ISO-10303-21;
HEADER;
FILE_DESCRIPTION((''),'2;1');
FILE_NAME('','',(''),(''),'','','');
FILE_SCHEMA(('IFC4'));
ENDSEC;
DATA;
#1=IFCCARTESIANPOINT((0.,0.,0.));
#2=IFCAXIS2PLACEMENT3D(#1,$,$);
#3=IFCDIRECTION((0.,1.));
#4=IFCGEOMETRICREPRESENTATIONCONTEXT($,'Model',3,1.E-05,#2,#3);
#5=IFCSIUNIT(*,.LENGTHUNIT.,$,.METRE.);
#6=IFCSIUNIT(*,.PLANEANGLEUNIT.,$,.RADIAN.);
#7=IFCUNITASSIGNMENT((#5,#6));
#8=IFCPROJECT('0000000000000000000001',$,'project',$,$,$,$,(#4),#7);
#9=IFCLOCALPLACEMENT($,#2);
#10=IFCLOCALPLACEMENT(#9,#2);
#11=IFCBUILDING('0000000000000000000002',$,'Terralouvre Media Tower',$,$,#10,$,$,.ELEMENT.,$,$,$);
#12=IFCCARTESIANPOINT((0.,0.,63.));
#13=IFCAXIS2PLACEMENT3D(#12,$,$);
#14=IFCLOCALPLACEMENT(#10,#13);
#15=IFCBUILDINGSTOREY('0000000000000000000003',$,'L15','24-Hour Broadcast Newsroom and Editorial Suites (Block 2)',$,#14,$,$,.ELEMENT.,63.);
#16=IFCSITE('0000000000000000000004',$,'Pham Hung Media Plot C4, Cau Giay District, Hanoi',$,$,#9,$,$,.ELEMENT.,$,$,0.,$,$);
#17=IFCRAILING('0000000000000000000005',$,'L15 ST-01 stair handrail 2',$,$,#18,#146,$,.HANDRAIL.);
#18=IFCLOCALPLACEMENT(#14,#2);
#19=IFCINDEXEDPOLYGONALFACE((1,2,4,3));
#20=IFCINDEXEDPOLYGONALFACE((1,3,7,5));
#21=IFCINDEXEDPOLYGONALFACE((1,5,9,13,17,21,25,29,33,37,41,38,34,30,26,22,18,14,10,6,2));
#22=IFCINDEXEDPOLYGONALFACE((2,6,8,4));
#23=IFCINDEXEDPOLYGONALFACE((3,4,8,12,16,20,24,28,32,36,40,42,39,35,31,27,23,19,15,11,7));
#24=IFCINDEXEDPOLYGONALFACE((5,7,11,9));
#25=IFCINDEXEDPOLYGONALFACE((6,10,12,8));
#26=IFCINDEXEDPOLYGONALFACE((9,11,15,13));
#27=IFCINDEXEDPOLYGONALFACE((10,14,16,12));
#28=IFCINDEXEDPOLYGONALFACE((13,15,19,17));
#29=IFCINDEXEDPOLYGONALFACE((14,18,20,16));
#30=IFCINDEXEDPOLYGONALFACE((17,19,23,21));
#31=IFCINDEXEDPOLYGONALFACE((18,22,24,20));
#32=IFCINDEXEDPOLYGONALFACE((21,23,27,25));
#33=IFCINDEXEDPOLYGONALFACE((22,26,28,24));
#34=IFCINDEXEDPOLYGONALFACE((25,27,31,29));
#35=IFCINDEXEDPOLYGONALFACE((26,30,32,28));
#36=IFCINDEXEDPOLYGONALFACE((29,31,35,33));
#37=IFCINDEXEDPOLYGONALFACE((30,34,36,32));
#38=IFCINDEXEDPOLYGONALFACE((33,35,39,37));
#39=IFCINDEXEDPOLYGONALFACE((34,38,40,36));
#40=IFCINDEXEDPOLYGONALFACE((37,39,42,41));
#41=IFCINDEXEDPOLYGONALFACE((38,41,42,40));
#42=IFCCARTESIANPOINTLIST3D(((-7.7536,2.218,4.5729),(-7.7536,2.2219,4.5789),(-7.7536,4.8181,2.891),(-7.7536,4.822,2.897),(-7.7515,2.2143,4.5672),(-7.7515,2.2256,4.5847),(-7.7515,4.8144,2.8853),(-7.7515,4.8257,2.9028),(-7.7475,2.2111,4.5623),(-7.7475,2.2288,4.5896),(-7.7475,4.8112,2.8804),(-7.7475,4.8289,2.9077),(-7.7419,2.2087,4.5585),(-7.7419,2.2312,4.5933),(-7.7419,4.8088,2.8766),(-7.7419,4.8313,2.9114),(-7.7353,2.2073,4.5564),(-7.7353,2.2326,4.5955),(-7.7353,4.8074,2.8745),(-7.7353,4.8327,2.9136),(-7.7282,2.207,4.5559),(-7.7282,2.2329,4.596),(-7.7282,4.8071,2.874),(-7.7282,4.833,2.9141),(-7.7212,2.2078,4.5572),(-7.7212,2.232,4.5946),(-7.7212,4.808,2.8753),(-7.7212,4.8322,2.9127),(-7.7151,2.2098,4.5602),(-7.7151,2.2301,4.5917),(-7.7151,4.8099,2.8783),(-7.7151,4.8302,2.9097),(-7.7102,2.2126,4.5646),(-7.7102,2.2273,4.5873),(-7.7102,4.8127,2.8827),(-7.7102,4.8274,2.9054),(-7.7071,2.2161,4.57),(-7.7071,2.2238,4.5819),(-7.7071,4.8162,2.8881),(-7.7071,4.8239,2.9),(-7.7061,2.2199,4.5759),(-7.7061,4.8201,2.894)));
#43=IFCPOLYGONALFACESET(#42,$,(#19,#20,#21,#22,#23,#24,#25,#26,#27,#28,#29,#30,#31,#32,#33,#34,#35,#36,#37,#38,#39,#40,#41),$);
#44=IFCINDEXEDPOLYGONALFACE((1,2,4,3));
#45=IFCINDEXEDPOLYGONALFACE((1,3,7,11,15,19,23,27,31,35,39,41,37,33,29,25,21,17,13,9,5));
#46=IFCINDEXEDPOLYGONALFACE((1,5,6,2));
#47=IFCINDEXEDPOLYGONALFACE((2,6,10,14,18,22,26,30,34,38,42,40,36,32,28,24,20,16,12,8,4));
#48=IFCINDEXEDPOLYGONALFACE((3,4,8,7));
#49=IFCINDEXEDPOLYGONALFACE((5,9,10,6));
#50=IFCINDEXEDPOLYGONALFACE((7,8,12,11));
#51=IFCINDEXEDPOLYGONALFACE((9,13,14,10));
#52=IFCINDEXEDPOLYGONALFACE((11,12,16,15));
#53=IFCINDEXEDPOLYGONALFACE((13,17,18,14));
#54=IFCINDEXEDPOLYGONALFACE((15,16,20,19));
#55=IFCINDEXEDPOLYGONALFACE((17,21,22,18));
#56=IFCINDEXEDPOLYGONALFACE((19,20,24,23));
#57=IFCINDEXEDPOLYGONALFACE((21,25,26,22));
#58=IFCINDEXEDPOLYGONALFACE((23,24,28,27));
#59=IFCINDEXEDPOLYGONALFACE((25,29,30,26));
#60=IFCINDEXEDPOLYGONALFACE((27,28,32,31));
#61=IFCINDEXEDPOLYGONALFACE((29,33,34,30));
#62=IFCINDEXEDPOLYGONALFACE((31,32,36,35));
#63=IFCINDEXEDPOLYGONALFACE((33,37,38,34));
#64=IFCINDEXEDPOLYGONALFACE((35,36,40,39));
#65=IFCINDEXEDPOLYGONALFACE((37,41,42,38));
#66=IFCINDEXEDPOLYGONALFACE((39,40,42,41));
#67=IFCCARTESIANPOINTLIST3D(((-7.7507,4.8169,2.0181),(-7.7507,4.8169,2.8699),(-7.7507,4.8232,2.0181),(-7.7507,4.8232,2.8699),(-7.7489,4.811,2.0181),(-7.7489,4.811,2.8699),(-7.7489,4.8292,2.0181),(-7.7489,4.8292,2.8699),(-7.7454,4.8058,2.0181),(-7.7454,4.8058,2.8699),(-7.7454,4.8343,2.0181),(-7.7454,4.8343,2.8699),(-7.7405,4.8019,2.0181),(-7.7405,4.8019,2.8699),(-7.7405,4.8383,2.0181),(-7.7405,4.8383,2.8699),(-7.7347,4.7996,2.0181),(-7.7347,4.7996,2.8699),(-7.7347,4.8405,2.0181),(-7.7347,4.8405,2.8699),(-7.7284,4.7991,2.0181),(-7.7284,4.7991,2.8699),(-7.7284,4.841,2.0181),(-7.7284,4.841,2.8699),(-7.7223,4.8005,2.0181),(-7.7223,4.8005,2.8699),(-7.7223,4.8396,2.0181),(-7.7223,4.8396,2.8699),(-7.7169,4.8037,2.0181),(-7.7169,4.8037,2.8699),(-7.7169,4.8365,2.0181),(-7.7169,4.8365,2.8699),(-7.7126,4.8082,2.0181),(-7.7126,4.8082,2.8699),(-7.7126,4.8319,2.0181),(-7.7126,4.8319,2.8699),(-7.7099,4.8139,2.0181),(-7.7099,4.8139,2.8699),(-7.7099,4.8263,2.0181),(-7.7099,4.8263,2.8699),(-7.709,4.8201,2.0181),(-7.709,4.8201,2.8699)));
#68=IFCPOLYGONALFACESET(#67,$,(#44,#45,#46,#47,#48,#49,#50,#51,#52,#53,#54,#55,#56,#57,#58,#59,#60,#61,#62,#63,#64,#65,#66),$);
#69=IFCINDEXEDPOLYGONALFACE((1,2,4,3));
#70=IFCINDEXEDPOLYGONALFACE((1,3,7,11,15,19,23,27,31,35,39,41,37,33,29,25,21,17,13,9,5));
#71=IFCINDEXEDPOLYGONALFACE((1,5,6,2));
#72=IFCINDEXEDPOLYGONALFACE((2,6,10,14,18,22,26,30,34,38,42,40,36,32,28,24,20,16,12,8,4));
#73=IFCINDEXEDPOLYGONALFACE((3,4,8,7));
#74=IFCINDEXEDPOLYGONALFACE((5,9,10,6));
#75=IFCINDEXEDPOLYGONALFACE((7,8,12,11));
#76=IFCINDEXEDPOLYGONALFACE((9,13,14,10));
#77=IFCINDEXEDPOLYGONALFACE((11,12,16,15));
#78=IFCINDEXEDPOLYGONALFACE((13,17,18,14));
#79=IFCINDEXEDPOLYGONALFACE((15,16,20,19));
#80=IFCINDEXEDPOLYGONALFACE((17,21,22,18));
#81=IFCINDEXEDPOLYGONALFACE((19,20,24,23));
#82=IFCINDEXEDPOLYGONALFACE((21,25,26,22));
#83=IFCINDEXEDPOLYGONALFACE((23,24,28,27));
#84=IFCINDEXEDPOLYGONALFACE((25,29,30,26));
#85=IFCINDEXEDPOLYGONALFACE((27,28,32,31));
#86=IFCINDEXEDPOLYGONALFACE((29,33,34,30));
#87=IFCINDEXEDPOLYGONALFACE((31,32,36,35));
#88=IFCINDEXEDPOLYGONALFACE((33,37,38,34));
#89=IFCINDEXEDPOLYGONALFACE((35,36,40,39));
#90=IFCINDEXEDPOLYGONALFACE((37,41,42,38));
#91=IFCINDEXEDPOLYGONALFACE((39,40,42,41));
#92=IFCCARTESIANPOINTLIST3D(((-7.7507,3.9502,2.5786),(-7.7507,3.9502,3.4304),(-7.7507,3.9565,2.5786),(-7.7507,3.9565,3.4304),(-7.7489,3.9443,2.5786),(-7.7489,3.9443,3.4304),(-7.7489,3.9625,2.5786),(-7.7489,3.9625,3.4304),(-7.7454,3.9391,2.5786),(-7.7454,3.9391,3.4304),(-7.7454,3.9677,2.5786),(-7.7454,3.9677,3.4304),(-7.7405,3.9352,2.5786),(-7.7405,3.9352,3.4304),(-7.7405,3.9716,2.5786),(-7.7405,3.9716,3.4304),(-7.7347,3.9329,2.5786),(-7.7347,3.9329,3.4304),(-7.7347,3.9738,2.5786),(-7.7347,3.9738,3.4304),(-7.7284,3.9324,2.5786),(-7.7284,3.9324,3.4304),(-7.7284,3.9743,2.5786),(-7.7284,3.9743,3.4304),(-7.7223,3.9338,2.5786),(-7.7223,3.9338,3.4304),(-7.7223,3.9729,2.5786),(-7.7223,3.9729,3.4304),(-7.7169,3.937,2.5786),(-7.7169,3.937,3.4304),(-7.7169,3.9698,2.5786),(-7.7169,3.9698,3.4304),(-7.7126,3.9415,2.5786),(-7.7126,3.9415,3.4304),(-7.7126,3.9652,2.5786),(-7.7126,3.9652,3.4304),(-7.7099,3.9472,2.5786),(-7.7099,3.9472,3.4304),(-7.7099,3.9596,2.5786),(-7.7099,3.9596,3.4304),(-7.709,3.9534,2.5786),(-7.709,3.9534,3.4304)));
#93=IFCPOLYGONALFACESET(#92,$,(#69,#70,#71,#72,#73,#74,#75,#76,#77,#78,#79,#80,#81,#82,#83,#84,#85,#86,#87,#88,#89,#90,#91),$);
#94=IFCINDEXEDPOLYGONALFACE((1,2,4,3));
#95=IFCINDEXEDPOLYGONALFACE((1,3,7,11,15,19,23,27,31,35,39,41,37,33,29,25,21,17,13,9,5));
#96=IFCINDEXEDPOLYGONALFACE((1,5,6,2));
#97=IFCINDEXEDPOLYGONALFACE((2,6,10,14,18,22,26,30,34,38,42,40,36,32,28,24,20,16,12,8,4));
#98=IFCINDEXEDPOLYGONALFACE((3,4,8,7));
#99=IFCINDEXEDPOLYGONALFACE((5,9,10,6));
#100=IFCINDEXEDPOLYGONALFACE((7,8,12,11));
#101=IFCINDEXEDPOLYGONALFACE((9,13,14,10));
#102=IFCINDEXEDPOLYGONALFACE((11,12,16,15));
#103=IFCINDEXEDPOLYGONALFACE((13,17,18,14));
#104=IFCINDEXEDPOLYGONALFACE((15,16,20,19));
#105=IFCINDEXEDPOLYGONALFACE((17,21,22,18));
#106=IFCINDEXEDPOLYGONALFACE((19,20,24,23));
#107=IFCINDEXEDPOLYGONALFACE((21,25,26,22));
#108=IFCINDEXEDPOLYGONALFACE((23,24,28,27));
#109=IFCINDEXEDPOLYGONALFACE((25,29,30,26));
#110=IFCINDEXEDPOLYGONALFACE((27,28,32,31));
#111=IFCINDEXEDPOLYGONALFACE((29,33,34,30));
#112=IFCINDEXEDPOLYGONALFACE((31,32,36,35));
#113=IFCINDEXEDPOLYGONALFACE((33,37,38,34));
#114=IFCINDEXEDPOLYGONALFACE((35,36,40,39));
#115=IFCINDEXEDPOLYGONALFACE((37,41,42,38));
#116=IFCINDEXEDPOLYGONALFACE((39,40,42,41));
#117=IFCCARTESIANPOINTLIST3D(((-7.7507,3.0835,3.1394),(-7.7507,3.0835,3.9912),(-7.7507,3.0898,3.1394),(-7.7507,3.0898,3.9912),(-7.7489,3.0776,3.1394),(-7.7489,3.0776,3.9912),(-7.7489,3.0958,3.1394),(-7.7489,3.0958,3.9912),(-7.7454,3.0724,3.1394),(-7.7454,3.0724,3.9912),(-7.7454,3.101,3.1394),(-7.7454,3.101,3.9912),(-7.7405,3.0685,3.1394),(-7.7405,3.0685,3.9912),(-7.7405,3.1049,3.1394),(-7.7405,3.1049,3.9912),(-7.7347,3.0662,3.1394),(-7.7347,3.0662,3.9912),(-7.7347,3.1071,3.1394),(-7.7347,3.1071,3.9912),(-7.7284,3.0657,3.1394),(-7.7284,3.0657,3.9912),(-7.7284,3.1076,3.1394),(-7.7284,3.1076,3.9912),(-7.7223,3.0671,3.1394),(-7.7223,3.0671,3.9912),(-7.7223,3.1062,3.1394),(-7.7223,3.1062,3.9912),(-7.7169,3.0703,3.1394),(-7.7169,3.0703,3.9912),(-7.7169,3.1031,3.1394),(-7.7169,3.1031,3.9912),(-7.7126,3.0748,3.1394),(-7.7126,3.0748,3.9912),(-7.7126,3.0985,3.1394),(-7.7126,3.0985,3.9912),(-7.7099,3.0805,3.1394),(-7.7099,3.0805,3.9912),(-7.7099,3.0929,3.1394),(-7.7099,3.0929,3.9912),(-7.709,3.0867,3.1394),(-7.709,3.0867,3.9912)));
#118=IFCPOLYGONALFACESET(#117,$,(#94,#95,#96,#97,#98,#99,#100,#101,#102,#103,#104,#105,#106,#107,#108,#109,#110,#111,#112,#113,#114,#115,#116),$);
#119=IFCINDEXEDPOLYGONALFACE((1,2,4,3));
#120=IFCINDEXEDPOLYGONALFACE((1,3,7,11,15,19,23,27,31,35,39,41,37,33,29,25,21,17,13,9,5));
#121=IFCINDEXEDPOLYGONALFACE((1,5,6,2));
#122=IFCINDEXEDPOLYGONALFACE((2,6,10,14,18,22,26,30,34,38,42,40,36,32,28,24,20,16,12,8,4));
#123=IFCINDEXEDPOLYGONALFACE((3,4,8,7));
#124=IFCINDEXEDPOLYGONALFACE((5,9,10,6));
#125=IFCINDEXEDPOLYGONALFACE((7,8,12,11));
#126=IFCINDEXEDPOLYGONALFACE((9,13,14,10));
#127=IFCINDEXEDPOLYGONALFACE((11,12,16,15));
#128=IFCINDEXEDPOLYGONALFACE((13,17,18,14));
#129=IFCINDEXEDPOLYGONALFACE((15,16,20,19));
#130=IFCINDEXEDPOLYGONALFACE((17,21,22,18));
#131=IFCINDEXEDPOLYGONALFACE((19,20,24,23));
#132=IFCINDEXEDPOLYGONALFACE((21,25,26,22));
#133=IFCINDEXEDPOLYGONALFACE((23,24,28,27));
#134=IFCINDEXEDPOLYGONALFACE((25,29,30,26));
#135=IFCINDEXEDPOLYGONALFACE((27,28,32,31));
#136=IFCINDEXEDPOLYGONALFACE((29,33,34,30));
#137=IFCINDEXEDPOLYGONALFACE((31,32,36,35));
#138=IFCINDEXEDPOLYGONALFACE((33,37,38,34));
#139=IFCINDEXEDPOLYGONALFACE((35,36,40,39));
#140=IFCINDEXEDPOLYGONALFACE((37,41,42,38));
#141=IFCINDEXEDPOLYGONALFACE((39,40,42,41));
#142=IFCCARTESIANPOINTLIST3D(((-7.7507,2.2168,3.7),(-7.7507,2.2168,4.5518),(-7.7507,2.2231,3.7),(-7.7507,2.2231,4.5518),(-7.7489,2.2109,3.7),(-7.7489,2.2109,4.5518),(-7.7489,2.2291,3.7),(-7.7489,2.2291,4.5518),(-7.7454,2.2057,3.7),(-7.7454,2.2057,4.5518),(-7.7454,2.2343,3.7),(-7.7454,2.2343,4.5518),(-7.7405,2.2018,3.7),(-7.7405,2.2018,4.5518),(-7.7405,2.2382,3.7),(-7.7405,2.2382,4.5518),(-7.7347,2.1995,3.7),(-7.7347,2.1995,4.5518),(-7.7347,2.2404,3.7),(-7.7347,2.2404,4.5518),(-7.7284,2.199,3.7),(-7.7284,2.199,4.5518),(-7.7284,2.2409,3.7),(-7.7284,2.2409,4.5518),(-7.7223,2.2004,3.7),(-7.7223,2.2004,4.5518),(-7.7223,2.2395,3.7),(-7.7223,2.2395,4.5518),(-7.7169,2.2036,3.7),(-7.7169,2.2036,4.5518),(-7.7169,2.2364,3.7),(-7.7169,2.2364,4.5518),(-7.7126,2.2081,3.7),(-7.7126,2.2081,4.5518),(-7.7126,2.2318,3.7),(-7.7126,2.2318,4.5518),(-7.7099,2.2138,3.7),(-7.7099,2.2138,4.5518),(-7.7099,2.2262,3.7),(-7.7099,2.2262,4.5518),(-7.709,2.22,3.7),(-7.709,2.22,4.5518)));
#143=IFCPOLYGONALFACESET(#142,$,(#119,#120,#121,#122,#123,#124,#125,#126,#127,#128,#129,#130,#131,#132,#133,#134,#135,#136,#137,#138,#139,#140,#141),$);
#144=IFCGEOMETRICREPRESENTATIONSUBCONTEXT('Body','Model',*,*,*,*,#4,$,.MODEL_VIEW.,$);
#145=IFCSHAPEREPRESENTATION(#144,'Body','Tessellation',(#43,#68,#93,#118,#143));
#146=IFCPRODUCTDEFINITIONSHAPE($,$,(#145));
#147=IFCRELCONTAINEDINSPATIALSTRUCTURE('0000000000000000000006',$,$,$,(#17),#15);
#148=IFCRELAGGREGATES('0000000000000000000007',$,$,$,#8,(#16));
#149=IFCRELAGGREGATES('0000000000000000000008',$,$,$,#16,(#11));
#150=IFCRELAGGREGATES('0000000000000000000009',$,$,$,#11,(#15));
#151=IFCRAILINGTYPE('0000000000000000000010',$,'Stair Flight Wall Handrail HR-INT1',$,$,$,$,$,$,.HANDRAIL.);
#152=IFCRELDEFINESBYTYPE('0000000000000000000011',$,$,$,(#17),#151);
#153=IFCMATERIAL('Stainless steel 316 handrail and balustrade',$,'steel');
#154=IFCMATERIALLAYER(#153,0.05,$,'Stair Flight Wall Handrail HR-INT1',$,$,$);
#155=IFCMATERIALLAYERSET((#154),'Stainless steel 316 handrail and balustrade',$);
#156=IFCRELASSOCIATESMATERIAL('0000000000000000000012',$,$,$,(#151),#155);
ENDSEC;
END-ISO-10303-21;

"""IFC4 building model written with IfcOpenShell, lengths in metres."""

from ifc_helpers import new_model, si_unit, direction, frame, origin, origin_2d, place, context, subcontext, project, spatial, circle, extrude, material, layer, layer_set, type_object, element, save


model = new_model("IFC4")

# Units and contexts
model_context = context("Model", 3, precision=1e-05, world=origin(), true_north=direction((0.0, 1.0)))
body_context = subcontext(model_context, "Body", "Model", "MODEL_VIEW")
ifc_project = project(units=[si_unit("LENGTHUNIT", "METRE"), si_unit("PLANEANGLEUNIT", "RADIAN")], contexts=[model_context])

# Site, building, storey
site_placement = place(None, origin())
site = spatial("IfcSite", under=ifc_project, at=site_placement, Name="Pham Hung Media Plot C4, Cau Giay District, Hanoi", CompositionType="ELEMENT", RefElevation=0.0)
building_placement = place(site_placement, origin())
building = spatial("IfcBuilding", under=site, at=building_placement, Name="Terralouvre Media Tower", CompositionType="ELEMENT")
storey_placement = place(building_placement, frame((0.0, 0.0, 63.0)))
storey = spatial("IfcBuildingStorey", under=building, at=storey_placement, Name="L15", Description="24-Hour Broadcast Newsroom and Editorial Suites (Block 2)", CompositionType="ELEMENT", Elevation=63.0)

# Railing
ifc_material_1 = material(Name="Stainless steel 316 handrail and balustrade", Category="steel")
ifc_layer_1 = layer(ifc_material_1, 0.05, Name="Stair Flight Wall Handrail HR-INT1")
ifc_layer_set_1 = layer_set([ifc_layer_1], Name="Stainless steel 316 handrail and balustrade")
railing_type_1 = type_object("IfcRailingType", Name="Stair Flight Wall Handrail HR-INT1", PredefinedType="HANDRAIL", material=ifc_layer_set_1)
railing_1_placement = place(storey_placement, frame((-7.73, 4.8201, 2.0181)))
element("IfcRailing", 1, at=railing_1_placement, inside=storey, type_object=railing_type_1, Name="L15 ST-01 stair handrail 2", PredefinedType="HANDRAIL", context=body_context, shape_type="SweptSolid", body=[
    extrude(circle(Radius=0.0239, at=origin_2d()), frame((0.0, 0.0, 0.876), z_axis=(0.0, -0.839648, 0.54313), x_axis=(1.0, 0.0, 0.0)), (0.0, 0.0, 1.0), 3.0967),
    extrude(circle(Radius=0.021, at=origin_2d()), origin(), (0.0, 0.0, 1.0), 0.8518),
    extrude(circle(Radius=0.021, at=origin_2d()), frame((0.0, -0.8667, 0.5605)), (0.0, 0.0, 1.0), 0.8518),
    extrude(circle(Radius=0.021, at=origin_2d()), frame((0.0, -1.7334, 1.1213)), (0.0, 0.0, 1.0), 0.8518),
    extrude(circle(Radius=0.021, at=origin_2d()), frame((0.0, -2.6001, 1.6819)), (0.0, 0.0, 1.0), 0.8518),
])

save(model, "model.ifc")
